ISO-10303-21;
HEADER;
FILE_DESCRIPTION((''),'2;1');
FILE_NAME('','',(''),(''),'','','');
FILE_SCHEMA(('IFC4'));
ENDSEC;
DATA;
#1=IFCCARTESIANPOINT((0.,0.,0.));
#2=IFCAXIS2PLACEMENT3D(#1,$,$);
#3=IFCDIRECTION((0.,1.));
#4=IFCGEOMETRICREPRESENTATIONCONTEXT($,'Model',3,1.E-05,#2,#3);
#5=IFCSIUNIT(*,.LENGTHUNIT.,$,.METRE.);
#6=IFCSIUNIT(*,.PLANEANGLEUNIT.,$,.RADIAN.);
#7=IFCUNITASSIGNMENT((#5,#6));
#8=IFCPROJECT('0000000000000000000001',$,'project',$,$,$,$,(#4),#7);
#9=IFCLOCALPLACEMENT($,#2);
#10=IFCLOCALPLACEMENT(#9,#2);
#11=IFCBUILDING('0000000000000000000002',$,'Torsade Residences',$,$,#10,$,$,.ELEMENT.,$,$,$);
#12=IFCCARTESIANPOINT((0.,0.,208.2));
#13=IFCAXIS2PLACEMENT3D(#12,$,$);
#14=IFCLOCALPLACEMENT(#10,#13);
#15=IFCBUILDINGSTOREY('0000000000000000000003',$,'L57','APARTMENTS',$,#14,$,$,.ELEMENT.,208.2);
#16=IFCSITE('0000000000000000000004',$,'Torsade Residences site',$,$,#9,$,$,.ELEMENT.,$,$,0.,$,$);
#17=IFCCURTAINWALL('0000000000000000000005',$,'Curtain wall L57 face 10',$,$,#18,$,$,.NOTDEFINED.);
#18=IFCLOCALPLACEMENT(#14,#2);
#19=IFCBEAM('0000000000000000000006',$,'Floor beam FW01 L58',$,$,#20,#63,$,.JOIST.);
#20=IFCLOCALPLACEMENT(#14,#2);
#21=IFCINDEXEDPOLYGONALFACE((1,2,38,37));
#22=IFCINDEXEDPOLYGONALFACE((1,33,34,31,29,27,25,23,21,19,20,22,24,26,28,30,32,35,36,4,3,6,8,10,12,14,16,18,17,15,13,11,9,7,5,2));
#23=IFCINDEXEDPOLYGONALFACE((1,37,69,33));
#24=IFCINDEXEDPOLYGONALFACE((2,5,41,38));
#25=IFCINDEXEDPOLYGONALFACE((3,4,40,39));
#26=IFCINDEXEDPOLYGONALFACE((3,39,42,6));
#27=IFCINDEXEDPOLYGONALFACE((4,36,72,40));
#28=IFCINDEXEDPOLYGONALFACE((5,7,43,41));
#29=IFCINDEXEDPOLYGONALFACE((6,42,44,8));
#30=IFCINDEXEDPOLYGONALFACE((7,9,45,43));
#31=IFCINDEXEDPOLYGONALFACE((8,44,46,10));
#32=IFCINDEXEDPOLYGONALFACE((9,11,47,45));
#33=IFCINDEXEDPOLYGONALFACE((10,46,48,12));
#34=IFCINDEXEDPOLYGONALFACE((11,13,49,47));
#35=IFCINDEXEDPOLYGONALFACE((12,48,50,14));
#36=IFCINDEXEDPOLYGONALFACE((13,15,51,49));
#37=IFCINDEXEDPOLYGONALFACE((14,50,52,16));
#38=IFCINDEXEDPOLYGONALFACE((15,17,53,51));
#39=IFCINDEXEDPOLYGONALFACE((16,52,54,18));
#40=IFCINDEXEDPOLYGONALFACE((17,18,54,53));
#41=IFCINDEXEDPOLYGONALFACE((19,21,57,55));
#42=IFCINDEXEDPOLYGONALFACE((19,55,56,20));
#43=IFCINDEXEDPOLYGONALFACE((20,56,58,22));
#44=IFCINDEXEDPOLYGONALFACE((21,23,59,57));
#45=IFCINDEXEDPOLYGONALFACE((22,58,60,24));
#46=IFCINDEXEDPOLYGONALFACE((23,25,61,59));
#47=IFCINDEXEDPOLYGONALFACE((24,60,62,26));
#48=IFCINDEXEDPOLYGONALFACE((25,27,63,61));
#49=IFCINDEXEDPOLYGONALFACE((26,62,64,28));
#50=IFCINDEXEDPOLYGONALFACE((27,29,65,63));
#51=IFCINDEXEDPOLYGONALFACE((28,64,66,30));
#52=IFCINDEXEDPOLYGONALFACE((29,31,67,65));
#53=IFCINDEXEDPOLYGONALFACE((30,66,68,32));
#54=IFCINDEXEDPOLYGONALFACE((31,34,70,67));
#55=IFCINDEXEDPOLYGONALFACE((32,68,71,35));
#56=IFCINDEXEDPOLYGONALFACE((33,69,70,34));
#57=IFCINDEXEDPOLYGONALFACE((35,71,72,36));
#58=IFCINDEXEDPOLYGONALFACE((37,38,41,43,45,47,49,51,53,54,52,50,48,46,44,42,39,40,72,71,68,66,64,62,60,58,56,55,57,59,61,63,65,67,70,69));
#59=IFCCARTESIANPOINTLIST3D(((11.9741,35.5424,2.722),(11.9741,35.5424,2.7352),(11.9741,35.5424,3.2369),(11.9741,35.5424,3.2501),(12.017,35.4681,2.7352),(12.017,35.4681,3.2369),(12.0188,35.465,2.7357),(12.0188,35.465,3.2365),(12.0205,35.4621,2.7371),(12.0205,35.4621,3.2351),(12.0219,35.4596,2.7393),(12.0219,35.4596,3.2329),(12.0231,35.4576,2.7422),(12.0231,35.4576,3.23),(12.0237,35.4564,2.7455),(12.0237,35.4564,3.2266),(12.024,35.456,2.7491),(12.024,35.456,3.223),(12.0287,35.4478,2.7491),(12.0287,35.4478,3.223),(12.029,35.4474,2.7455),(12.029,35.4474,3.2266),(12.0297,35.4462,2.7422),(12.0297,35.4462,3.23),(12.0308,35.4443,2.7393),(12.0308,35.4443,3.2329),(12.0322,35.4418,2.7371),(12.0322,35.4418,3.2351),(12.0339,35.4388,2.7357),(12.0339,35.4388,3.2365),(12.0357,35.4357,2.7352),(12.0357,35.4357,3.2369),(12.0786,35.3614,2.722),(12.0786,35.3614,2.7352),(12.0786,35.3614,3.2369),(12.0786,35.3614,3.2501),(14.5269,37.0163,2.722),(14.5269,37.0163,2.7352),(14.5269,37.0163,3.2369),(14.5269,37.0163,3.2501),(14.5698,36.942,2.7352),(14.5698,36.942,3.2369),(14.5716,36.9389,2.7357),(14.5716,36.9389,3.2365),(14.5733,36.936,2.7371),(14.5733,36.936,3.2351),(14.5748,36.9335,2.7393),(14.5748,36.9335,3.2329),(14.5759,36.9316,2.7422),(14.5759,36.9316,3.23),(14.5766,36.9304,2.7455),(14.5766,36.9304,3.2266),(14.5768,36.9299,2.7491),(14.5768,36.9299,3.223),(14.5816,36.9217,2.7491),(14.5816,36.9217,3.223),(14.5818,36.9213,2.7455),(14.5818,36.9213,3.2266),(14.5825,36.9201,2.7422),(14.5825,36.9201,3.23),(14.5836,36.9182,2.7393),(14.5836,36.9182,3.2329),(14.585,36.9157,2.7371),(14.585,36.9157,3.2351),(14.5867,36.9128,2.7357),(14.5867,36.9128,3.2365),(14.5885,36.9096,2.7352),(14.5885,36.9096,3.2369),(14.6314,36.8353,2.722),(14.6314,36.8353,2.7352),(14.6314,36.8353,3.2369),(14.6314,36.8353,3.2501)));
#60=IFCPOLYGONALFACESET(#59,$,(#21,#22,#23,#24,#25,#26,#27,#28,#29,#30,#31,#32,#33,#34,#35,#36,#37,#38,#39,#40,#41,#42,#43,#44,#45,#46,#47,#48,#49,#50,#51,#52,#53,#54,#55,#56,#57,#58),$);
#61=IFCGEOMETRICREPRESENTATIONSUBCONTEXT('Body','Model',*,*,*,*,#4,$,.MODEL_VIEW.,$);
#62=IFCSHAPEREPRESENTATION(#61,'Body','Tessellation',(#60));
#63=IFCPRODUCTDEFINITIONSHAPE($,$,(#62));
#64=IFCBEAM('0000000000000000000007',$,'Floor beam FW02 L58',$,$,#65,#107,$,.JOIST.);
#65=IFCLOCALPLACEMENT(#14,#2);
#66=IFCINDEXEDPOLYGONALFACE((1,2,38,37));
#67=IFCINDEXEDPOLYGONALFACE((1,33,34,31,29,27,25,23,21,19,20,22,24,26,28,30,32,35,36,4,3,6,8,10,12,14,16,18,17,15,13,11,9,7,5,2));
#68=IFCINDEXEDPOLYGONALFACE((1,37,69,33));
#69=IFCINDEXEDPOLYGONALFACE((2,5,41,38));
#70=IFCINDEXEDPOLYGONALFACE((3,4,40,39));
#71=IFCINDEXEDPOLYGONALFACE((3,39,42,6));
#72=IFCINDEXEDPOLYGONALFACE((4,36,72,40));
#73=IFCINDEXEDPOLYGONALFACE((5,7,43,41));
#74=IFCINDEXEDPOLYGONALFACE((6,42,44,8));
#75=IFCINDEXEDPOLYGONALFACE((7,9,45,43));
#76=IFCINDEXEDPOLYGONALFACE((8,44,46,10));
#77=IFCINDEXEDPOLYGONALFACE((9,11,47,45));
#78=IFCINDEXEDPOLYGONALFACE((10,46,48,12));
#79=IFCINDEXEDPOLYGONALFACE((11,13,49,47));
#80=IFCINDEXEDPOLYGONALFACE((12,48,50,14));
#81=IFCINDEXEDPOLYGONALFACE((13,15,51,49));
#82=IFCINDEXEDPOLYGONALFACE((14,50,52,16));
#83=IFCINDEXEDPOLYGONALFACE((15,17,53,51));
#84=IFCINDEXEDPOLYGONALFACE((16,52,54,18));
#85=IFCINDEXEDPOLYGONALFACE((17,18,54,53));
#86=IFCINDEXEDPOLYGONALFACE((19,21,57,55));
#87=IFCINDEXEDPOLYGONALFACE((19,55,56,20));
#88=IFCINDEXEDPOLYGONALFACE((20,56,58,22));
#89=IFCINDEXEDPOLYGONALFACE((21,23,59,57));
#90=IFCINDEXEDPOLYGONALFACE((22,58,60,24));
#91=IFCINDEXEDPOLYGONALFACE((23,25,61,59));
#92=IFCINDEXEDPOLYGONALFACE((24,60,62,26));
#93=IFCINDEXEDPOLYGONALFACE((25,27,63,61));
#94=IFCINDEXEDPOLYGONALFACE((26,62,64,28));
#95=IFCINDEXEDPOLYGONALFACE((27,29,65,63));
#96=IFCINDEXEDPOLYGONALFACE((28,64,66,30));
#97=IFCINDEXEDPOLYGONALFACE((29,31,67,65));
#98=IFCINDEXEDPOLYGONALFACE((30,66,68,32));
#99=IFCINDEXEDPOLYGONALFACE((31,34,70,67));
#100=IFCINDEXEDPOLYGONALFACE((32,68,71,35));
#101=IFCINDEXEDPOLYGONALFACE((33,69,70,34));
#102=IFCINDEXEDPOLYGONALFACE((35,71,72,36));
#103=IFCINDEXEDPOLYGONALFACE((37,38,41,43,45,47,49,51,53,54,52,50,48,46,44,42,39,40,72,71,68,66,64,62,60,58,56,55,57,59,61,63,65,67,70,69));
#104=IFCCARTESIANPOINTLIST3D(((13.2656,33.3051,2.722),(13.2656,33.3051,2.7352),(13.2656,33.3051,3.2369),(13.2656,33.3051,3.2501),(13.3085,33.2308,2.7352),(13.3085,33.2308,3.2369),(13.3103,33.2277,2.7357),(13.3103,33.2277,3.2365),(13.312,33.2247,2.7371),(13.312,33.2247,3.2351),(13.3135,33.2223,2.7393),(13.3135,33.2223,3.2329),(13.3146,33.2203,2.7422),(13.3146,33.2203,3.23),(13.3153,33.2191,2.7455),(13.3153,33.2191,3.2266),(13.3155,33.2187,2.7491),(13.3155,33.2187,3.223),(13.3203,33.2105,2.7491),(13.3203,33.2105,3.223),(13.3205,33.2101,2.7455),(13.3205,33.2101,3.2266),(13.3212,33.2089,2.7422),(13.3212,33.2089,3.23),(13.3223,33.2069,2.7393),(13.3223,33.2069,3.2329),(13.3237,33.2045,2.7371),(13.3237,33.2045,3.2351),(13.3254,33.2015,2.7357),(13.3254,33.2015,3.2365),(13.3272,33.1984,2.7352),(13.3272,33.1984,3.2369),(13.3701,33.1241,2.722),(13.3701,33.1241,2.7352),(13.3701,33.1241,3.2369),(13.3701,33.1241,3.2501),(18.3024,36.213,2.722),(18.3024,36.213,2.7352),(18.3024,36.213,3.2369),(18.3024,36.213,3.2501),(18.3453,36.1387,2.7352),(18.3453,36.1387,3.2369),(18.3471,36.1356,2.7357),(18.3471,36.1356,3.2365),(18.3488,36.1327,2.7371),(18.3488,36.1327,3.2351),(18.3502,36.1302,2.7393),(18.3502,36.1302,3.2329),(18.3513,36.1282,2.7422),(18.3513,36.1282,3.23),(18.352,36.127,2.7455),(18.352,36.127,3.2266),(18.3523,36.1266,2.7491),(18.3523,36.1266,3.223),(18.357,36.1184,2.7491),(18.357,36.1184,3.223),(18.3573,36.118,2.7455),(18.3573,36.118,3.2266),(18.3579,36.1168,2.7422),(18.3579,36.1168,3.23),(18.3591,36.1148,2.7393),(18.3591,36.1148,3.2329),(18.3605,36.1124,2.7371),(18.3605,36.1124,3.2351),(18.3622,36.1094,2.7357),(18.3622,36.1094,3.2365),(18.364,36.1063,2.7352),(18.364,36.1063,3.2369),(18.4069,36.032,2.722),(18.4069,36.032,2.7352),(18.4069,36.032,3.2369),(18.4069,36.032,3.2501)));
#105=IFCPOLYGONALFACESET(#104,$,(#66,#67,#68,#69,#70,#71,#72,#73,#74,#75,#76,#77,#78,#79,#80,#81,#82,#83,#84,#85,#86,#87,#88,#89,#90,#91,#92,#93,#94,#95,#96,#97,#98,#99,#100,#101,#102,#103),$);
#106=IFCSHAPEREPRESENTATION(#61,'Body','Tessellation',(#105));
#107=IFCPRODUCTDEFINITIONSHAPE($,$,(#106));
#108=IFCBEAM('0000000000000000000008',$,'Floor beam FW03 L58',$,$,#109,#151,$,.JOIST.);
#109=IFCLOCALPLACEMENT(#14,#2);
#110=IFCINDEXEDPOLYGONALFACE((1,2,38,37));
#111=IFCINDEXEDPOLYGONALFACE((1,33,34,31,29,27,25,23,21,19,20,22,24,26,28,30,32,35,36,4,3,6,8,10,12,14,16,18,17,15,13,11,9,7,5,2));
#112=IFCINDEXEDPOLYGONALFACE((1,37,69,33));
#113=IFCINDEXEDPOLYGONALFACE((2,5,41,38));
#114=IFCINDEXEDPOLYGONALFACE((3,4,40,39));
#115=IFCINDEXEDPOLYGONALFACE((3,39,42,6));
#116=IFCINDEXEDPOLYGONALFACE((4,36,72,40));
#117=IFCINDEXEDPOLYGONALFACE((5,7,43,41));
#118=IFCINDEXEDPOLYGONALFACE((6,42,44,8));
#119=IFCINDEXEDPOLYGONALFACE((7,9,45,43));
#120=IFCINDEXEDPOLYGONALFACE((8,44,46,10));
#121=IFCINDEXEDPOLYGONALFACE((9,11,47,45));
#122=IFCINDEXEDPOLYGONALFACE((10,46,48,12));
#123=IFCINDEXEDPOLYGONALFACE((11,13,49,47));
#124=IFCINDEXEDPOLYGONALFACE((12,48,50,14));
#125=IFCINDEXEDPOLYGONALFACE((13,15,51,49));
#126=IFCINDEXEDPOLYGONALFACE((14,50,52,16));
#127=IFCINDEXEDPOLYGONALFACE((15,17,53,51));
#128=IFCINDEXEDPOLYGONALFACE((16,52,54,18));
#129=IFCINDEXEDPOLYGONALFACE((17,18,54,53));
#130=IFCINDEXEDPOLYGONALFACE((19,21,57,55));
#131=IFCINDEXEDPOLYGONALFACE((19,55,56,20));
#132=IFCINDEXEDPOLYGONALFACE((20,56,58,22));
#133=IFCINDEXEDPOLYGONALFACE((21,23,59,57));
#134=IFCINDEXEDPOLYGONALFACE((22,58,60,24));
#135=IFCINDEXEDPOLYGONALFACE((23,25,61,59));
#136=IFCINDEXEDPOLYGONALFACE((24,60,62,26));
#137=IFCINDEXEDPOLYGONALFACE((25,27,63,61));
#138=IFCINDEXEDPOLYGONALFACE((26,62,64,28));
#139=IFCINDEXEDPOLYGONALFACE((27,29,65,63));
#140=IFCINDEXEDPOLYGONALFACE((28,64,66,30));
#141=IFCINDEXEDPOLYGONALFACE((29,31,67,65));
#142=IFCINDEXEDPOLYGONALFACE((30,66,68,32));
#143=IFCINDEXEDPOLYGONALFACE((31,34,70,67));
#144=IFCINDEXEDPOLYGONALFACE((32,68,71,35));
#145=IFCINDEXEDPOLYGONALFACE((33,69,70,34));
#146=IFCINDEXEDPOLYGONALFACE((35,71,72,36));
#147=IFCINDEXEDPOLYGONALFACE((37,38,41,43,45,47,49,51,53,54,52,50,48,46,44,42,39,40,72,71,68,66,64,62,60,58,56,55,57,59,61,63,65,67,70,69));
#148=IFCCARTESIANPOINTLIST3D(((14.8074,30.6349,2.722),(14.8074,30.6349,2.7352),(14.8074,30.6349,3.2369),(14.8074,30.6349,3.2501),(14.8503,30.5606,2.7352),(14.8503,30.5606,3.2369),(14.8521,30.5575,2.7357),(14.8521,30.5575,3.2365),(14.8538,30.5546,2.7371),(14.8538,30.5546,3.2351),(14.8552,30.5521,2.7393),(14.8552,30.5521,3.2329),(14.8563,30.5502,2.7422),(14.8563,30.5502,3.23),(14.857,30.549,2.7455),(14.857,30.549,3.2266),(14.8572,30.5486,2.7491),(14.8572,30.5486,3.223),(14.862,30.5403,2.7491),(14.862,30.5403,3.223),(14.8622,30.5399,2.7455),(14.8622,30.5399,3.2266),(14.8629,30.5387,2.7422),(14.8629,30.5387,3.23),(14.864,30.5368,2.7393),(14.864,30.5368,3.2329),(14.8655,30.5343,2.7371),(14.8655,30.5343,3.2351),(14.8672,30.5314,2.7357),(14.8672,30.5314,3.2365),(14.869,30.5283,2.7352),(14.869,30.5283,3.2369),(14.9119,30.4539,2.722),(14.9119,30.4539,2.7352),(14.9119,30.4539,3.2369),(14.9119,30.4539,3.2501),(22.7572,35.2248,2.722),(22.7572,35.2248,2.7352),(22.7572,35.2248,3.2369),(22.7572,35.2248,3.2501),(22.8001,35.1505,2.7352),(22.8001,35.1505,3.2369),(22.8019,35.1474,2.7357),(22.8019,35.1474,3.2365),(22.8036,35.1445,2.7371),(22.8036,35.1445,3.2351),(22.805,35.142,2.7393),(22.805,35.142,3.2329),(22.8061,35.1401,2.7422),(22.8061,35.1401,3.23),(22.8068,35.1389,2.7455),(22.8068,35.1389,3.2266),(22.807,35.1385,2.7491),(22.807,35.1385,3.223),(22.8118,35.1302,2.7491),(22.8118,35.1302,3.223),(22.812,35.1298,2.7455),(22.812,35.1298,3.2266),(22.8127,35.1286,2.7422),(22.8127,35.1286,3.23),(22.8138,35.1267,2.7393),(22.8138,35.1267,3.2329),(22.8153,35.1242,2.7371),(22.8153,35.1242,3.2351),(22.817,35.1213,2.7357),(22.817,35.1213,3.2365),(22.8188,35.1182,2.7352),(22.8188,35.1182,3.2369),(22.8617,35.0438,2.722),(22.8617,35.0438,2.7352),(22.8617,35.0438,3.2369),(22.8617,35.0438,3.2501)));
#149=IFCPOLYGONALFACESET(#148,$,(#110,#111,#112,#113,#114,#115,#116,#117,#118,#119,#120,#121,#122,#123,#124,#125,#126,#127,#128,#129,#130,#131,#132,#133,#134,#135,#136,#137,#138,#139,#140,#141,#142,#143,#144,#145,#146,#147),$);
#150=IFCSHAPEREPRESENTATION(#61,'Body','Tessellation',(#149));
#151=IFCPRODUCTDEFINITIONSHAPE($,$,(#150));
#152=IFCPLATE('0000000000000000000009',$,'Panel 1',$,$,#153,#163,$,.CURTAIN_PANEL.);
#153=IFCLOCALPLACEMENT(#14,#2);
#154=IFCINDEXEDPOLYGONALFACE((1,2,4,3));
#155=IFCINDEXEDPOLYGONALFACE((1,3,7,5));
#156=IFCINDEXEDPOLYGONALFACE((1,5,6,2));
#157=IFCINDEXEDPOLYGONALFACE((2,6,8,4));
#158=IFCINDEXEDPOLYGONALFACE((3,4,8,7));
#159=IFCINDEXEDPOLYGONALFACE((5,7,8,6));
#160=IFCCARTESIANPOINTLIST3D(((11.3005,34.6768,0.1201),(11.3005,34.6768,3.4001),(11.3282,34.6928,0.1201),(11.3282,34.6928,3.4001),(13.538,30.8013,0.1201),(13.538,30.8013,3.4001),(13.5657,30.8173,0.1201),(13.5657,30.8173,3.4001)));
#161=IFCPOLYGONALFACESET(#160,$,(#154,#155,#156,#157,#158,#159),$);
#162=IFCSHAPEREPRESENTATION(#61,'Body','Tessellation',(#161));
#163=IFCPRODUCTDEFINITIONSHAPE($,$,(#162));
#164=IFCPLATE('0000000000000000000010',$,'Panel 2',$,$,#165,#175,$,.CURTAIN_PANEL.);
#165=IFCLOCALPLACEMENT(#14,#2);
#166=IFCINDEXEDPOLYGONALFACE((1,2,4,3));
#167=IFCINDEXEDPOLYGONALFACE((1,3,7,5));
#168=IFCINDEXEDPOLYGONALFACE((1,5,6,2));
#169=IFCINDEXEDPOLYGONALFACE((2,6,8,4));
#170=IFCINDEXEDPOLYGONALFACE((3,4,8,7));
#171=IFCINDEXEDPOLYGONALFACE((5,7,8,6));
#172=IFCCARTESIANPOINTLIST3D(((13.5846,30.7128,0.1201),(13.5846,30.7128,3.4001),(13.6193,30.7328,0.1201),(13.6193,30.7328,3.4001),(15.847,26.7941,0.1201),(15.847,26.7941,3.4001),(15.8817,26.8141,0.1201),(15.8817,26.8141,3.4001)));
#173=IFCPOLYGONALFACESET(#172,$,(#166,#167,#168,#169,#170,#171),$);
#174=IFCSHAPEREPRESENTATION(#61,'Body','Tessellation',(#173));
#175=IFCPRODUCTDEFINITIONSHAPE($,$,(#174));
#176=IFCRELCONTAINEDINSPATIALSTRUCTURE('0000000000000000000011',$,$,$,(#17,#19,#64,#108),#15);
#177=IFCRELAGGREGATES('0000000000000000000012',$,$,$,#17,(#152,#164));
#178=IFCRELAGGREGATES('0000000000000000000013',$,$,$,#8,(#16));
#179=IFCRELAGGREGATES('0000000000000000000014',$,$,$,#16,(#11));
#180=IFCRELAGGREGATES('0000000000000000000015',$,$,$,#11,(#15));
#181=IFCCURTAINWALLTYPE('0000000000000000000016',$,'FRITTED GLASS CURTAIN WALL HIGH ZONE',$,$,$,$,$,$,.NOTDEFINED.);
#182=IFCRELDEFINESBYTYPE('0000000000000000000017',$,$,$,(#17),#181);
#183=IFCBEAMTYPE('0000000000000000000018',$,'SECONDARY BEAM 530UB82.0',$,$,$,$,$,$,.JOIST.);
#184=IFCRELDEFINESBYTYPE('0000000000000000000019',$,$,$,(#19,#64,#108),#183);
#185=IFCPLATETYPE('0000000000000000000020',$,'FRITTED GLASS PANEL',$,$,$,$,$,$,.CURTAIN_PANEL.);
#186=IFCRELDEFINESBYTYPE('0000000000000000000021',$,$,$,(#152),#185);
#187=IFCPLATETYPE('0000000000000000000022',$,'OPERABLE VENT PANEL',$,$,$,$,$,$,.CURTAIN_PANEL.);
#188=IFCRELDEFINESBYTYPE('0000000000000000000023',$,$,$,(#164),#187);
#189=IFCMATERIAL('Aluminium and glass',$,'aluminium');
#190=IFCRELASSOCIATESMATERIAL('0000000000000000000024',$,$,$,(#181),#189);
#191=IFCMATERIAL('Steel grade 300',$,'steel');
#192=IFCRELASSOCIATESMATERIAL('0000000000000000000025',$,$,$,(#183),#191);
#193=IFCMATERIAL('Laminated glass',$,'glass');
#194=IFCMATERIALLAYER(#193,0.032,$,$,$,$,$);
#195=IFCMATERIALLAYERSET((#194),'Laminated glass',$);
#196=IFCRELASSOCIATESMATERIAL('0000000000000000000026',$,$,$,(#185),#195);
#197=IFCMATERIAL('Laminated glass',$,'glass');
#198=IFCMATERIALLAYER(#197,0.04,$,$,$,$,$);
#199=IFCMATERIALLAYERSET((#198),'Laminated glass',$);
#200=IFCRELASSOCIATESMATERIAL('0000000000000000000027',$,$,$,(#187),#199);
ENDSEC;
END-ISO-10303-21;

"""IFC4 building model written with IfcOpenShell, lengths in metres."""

from ifc_helpers import new_model, si_unit, direction, frame, origin, origin_2d, place, context, subcontext, project, spatial, rectangle, i_section, extrude, material, layer, layer_set, material_profile, profile_set, type_object, element, aggregate, save


model = new_model("IFC4")

# Units and contexts
model_context = context("Model", 3, precision=1e-05, world=origin(), true_north=direction((0.0, 1.0)))
body_context = subcontext(model_context, "Body", "Model", "MODEL_VIEW")
ifc_project = project(units=[si_unit("LENGTHUNIT", "METRE"), si_unit("PLANEANGLEUNIT", "RADIAN")], contexts=[model_context])

# Site, building, storey
site_placement = place(None, origin())
site = spatial("IfcSite", under=ifc_project, at=site_placement, Name="Torsade Residences site", CompositionType="ELEMENT", RefElevation=0.0)
building_placement = place(site_placement, origin())
building = spatial("IfcBuilding", under=site, at=building_placement, Name="Torsade Residences", CompositionType="ELEMENT")
storey_placement = place(building_placement, frame((0.0, 0.0, 208.2)))
storey = spatial("IfcBuildingStorey", under=building, at=storey_placement, Name="L57", Description="APARTMENTS", CompositionType="ELEMENT", Elevation=208.2)

# Curtain wall
ifc_material_1 = material(Name="Aluminium and glass", Category="aluminium")
curtain_wall_type = type_object("IfcCurtainWallType", Name="FRITTED GLASS CURTAIN WALL HIGH ZONE", PredefinedType="NOTDEFINED", material=ifc_material_1)
curtain_wall_placement = place(storey_placement, origin())
curtain_wall = element("IfcCurtainWall", 1, at=curtain_wall_placement, inside=storey, type_object=curtain_wall_type, Name="Curtain wall L57 face 10", PredefinedType="NOTDEFINED")

# Beams
ifc_material_2 = material(Name="Steel grade 300", Category="steel")
ifc_material_profile_1 = material_profile(ifc_material_2, i_section(OverallWidth=0.209, OverallDepth=0.5281, WebThickness=0.0095, FlangeThickness=0.0132, FilletRadius=0.0139, at=origin_2d()), Name="530UB82.0")
ifc_profile_set_1 = profile_set([ifc_material_profile_1], Name="Steel grade 300")
beam_type_1 = type_object("IfcBeamType", Name="SECONDARY BEAM 530UB82.0", PredefinedType="JOIST", material=ifc_profile_set_1)
beam_1_placement = place(storey_placement, frame((12.0264, 35.4519, 2.9861), z_axis=(0.866017, 0.500014, 0.0), x_axis=(-0.500014, 0.866017, 0.0)))
element("IfcBeam", 2, at=beam_1_placement, inside=storey, type_object=beam_type_1, Name="Floor beam FW01 L58", PredefinedType="JOIST", context=body_context, shape_type="SweptSolid", body=[
    extrude(i_section(OverallWidth=0.209, OverallDepth=0.5281, WebThickness=0.0095, FlangeThickness=0.0132, FilletRadius=0.0139, at=origin_2d()), origin(), (0.0, 0.0, 1.0), 2.9478),
])
beam_2_placement = place(storey_placement, frame((13.3179, 33.2146, 2.9861), z_axis=(0.866031, 0.49999, 0.0), x_axis=(-0.49999, 0.866031, 0.0)))
element("IfcBeam", 3, at=beam_2_placement, inside=storey, type_object=beam_type_1, Name="Floor beam FW02 L58", PredefinedType="JOIST", context=body_context, shape_type="SweptSolid", body=[
    extrude(i_section(OverallWidth=0.209, OverallDepth=0.5281, WebThickness=0.0095, FlangeThickness=0.0132, FilletRadius=0.0139, at=origin_2d()), origin(), (0.0, 0.0, 1.0), 5.8159),
])
beam_3_placement = place(storey_placement, frame((14.8596, 30.5444, 2.9861), z_axis=(0.866022, 0.500006, 0.0), x_axis=(-0.500006, 0.866022, 0.0)))
element("IfcBeam", 4, at=beam_3_placement, inside=storey, type_object=beam_type_1, Name="Floor beam FW03 L58", PredefinedType="JOIST", context=body_context, shape_type="SweptSolid", body=[
    extrude(i_section(OverallWidth=0.209, OverallDepth=0.5281, WebThickness=0.0095, FlangeThickness=0.0132, FilletRadius=0.0139, at=origin_2d()), origin(), (0.0, 0.0, 1.0), 9.1797),
])

# Plates
ifc_material_3 = material(Name="Laminated glass", Category="glass")
ifc_layer_1 = layer(ifc_material_3, 0.032)
ifc_layer_set_1 = layer_set([ifc_layer_1], Name="Laminated glass")
plate_type_1 = type_object("IfcPlateType", Name="FRITTED GLASS PANEL", PredefinedType="CURTAIN_PANEL", material=ifc_layer_set_1)
plate_1_placement = place(storey_placement, frame((12.4331, 32.7471, 0.1201), z_axis=(0.0, 0.0, 1.0), x_axis=(0.5, -0.866025, 0.0)))
plate_1 = element("IfcPlate", 5, at=plate_1_placement, type_object=plate_type_1, Name="Panel 1", PredefinedType="CURTAIN_PANEL", context=body_context, shape_type="SweptSolid", body=[
    extrude(rectangle(XDim=4.4751, YDim=0.032, at=origin_2d()), origin(), (0.0, 0.0, 1.0), 3.28),
])
ifc_material_4 = material(Name="Laminated glass", Category="glass")
ifc_layer_2 = layer(ifc_material_4, 0.04)
ifc_layer_set_2 = layer_set([ifc_layer_2], Name="Laminated glass")
plate_type_2 = type_object("IfcPlateType", Name="OPERABLE VENT PANEL", PredefinedType="CURTAIN_PANEL", material=ifc_layer_set_2)
plate_2_placement = place(storey_placement, frame((14.7332, 28.7634, 0.1201), z_axis=(0.0, 0.0, 1.0), x_axis=(0.5, -0.866025, 0.0)))
plate_2 = element("IfcPlate", 6, at=plate_2_placement, type_object=plate_type_2, Name="Panel 2", PredefinedType="CURTAIN_PANEL", context=body_context, shape_type="SweptSolid", body=[
    extrude(rectangle(XDim=4.5249, YDim=0.04, at=origin_2d()), origin(), (0.0, 0.0, 1.0), 3.28),
])
aggregate(curtain_wall, [plate_1, plate_2])

save(model, "model.ifc")
